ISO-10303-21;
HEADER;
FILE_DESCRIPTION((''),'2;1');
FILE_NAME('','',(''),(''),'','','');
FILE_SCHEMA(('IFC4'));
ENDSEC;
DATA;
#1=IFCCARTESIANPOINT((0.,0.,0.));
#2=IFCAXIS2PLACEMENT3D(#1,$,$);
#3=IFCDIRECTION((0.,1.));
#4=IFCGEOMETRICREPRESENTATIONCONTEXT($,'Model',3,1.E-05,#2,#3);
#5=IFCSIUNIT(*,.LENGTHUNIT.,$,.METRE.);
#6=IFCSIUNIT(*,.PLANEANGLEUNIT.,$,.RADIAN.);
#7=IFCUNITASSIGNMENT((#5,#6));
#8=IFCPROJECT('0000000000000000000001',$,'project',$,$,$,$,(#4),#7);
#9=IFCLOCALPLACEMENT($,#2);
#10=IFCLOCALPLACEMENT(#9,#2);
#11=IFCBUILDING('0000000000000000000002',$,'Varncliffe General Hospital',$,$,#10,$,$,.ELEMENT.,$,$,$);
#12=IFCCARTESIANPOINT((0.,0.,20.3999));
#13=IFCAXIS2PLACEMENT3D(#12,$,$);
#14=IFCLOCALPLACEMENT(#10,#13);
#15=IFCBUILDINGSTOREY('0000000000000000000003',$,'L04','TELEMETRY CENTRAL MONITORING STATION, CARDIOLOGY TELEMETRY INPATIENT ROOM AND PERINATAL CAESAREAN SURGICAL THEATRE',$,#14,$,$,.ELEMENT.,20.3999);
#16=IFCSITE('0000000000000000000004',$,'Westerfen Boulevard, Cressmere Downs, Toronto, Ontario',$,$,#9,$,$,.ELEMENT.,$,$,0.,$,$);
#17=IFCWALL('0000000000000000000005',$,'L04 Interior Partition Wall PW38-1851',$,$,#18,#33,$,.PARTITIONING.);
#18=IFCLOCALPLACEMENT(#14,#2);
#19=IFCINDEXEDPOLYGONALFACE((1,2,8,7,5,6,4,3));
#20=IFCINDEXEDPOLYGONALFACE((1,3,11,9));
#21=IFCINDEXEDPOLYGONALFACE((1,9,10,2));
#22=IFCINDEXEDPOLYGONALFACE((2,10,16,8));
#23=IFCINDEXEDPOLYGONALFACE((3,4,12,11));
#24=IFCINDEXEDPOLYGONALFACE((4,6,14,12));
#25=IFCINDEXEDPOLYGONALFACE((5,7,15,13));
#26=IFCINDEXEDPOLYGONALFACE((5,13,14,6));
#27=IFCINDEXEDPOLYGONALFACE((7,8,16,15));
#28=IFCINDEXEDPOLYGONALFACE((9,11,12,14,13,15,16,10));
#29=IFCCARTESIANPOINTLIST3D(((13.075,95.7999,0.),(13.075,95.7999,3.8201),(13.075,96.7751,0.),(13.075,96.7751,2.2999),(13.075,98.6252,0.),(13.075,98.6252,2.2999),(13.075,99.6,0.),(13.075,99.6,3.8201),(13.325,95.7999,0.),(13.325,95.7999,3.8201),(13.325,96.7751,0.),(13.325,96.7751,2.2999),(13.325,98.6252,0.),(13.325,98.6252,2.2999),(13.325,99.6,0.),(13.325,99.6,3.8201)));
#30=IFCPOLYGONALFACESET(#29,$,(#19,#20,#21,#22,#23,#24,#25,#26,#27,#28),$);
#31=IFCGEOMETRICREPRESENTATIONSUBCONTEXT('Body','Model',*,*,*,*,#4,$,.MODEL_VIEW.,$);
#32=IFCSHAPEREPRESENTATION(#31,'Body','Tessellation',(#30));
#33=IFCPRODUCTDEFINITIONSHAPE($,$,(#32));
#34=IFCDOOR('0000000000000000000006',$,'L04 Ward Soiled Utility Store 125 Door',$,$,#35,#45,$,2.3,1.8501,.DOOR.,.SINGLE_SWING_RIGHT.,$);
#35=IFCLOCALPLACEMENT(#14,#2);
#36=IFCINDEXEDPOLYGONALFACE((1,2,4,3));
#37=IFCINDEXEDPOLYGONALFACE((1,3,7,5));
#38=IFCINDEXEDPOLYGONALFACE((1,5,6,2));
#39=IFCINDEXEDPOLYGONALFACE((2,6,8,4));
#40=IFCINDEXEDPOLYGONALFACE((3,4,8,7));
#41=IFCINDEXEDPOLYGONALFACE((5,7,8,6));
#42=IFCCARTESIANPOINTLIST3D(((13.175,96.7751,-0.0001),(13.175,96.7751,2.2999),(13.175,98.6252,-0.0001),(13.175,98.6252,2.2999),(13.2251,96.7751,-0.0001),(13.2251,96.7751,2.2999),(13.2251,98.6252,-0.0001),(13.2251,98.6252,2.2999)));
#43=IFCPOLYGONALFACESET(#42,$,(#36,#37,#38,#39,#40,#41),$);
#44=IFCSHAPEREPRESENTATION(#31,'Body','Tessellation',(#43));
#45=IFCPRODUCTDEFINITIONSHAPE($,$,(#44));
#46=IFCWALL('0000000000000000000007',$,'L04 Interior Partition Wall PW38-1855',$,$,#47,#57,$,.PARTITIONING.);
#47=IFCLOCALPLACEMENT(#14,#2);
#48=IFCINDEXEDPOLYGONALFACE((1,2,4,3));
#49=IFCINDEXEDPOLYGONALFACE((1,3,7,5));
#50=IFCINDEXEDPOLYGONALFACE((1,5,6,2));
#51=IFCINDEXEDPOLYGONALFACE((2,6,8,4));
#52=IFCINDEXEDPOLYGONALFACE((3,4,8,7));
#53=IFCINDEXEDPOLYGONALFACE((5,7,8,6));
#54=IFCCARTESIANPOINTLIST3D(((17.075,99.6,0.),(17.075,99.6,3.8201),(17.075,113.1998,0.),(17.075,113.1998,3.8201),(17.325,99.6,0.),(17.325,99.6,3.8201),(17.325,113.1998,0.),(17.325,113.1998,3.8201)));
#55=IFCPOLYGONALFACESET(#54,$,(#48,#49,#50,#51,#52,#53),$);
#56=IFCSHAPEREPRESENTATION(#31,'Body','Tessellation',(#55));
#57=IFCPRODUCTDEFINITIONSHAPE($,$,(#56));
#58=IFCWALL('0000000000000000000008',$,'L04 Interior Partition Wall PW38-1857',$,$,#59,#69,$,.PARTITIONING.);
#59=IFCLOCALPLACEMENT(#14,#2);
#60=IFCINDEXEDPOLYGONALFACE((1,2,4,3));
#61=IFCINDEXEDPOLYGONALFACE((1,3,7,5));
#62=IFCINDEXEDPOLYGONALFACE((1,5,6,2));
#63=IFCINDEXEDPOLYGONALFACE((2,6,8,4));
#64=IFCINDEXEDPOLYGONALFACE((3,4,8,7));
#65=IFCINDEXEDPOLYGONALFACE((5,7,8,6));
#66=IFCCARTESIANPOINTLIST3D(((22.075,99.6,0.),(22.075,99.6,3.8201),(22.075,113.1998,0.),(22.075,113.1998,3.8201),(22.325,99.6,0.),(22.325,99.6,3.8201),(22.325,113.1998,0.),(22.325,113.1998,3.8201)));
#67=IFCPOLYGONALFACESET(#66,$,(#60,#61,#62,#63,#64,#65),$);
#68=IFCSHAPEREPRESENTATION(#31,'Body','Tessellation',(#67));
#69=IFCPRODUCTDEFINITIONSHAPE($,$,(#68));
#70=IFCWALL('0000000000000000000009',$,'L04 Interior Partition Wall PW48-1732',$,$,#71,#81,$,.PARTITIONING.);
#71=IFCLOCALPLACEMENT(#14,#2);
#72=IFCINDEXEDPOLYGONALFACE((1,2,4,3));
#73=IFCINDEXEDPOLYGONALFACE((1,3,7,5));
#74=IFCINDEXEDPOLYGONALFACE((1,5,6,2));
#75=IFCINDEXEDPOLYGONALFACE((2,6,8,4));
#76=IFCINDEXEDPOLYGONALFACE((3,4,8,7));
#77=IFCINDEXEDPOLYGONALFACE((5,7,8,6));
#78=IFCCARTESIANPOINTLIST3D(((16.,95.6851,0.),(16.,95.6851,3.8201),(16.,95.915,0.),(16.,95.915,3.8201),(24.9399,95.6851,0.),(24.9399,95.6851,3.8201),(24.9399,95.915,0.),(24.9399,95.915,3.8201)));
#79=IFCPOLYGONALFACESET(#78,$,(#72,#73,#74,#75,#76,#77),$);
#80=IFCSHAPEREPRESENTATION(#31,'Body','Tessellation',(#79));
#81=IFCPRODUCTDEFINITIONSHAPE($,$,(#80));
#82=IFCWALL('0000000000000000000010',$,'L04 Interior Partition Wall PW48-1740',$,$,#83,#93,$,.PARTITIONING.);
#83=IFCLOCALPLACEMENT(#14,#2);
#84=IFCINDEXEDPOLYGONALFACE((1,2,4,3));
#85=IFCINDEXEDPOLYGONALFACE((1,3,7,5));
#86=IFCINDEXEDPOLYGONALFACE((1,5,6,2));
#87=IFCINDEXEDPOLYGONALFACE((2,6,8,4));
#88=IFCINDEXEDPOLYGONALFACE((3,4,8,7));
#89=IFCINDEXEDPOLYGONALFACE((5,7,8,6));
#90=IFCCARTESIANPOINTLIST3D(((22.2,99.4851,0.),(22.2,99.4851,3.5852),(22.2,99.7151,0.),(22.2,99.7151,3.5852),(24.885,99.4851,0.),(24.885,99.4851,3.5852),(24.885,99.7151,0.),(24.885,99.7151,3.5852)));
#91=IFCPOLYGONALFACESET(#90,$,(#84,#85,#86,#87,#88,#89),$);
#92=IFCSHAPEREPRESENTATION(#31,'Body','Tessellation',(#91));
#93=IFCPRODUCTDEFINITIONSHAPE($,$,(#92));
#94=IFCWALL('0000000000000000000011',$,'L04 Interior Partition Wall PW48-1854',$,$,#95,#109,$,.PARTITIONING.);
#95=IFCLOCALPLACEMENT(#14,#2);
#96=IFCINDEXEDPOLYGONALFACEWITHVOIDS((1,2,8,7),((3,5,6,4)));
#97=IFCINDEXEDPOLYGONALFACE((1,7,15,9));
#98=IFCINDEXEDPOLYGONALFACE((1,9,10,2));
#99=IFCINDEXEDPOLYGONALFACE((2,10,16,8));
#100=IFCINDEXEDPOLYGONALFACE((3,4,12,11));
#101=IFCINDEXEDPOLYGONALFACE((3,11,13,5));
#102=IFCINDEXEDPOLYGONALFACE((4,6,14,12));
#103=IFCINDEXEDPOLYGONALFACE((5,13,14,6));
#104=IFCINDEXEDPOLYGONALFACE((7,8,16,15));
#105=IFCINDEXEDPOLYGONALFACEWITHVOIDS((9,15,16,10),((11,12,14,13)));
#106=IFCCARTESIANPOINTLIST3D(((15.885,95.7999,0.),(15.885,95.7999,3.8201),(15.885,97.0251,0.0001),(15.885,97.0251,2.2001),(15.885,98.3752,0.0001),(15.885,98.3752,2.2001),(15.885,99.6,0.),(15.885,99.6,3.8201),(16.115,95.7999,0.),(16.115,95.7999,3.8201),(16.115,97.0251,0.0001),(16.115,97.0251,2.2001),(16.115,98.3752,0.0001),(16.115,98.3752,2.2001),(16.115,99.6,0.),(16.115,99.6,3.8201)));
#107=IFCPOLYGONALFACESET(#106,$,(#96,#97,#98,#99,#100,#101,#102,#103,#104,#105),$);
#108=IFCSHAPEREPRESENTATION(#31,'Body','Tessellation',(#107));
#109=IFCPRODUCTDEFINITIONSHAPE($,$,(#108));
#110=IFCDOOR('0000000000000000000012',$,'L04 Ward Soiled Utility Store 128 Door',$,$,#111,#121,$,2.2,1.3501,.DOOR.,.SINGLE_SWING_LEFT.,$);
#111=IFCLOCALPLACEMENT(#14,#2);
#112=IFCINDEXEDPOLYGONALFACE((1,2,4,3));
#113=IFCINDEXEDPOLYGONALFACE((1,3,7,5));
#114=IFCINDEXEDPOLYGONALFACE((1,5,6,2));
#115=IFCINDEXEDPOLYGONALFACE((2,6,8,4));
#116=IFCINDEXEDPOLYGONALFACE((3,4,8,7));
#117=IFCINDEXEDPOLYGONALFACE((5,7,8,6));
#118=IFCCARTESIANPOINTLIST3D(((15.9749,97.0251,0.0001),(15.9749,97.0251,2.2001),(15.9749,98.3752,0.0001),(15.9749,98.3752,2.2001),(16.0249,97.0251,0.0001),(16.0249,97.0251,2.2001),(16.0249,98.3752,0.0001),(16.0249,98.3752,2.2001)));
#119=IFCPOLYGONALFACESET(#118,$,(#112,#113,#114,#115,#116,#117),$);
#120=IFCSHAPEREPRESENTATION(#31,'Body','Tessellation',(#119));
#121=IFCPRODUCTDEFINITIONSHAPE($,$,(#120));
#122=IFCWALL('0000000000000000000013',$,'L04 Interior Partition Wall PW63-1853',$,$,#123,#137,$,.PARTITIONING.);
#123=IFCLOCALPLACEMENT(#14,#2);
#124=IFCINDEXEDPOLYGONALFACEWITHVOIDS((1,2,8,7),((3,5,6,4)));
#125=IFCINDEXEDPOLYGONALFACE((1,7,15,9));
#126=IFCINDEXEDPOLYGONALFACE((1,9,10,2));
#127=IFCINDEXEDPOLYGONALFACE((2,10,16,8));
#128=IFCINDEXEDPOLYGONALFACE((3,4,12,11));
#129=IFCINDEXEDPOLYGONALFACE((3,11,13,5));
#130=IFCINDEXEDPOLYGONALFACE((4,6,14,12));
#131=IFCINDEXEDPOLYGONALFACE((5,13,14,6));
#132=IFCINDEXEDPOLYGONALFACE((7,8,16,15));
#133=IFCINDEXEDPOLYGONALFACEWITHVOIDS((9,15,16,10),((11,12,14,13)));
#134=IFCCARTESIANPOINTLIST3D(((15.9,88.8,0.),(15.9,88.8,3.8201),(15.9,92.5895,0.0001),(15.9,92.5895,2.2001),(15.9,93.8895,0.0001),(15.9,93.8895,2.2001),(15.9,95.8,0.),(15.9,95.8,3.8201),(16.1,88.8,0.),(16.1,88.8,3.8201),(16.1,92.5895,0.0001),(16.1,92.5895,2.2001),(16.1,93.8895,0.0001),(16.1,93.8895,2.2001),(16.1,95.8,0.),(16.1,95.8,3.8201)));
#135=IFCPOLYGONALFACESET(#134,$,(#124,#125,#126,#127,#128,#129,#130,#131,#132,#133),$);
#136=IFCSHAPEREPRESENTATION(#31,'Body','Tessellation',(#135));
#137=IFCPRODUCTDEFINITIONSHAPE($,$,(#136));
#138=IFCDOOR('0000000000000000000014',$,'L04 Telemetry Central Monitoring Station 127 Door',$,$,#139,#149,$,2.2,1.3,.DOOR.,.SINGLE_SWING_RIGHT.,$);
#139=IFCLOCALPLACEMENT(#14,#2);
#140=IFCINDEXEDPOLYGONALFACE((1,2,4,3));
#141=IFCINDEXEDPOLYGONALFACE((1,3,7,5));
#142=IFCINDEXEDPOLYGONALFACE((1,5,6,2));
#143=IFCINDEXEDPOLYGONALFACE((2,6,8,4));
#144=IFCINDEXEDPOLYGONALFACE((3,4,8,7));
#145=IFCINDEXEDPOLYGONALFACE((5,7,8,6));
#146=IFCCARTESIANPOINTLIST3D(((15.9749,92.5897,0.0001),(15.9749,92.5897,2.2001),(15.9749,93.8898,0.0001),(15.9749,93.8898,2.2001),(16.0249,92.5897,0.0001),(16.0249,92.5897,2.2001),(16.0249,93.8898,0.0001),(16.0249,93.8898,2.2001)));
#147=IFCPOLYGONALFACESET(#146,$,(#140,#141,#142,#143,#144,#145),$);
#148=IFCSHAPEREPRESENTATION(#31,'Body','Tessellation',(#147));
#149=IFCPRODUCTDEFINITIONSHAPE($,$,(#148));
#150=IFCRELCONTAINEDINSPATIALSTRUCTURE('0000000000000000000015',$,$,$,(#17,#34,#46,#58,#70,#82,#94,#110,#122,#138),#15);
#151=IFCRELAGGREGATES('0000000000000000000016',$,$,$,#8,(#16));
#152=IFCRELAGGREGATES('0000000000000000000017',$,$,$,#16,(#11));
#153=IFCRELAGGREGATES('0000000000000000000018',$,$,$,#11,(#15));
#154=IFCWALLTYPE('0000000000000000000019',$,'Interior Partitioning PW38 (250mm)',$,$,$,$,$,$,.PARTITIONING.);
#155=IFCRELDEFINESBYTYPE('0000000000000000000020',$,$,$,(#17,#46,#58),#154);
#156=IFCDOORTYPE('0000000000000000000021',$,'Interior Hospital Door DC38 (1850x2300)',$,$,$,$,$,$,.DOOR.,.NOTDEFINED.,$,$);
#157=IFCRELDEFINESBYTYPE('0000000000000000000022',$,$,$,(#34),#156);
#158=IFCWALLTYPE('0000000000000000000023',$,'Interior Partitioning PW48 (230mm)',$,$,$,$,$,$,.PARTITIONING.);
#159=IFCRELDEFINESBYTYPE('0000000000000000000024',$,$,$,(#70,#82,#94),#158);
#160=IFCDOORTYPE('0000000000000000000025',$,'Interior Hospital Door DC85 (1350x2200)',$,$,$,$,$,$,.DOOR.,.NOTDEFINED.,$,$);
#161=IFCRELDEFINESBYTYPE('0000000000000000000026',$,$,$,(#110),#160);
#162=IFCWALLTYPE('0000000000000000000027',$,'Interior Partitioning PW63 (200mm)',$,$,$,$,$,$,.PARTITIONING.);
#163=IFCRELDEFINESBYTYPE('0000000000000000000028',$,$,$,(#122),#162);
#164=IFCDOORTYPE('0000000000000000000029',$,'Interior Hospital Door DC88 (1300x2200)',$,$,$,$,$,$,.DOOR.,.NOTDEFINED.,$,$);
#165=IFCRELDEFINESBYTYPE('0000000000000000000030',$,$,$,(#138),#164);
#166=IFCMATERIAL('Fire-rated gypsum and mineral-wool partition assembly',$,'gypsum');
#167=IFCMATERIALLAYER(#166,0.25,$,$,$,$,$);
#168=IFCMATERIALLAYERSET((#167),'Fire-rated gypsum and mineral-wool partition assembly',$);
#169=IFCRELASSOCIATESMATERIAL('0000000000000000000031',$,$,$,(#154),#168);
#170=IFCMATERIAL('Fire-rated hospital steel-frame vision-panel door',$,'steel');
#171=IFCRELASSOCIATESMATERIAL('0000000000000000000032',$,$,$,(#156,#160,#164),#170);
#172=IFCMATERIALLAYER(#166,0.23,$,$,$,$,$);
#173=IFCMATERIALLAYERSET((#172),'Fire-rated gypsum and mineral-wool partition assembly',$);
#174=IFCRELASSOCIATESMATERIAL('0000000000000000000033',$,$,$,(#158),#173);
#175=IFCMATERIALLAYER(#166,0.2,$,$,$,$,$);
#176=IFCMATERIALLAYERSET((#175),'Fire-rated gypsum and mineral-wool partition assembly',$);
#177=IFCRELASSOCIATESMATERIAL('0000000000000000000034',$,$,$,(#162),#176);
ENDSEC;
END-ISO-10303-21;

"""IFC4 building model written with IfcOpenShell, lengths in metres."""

from ifc_helpers import new_model, si_unit, direction, frame, frame_2d, origin, place, context, subcontext, project, spatial, rectangle, extrude, material, layer, layer_set, type_object, element, fill, save


model = new_model("IFC4")

# Units and contexts
model_context = context("Model", 3, precision=1e-05, world=origin(), true_north=direction((0.0, 1.0)))
body_context = subcontext(model_context, "Body", "Model", "MODEL_VIEW")
ifc_project = project(units=[si_unit("LENGTHUNIT", "METRE"), si_unit("PLANEANGLEUNIT", "RADIAN")], contexts=[model_context])

# Site, building, storey
site_placement = place(None, origin())
site = spatial("IfcSite", under=ifc_project, at=site_placement, Name="Westerfen Boulevard, Cressmere Downs, Toronto, Ontario", CompositionType="ELEMENT", RefElevation=0.0)
building_placement = place(site_placement, origin())
building = spatial("IfcBuilding", under=site, at=building_placement, Name="Varncliffe General Hospital", CompositionType="ELEMENT")
storey_placement = place(building_placement, frame((0.0, 0.0, 20.3999)))
storey = spatial("IfcBuildingStorey", under=building, at=storey_placement, Name="L04", Description="TELEMETRY CENTRAL MONITORING STATION, CARDIOLOGY TELEMETRY INPATIENT ROOM AND PERINATAL CAESAREAN SURGICAL THEATRE", CompositionType="ELEMENT", Elevation=20.3999)

# Shared definitions
ifc_material_1 = material(Name="Fire-rated gypsum and mineral-wool partition assembly", Category="gypsum")
ifc_layer_1 = layer(ifc_material_1, 0.25)
ifc_layer_set_1 = layer_set([ifc_layer_1], Name="Fire-rated gypsum and mineral-wool partition assembly")
wall_type_1 = type_object("IfcWallType", Name="Interior Partitioning PW38 (250mm)", PredefinedType="PARTITIONING", material=ifc_layer_set_1)

# Wall, opening, door
wall_1_placement = place(storey_placement, frame((13.2, 95.8, 0.0), z_axis=(0.0, 0.0, 1.0), x_axis=(0.0, 1.0, 0.0)))
wall_1 = element("IfcWall", 1, at=wall_1_placement, inside=storey, type_object=wall_type_1, Name="L04 Interior Partition Wall PW38-1851", PredefinedType="PARTITIONING", context=body_context, shape_type="SweptSolid", body=[
    extrude(rectangle(XDim=3.8, YDim=0.25, at=frame_2d((1.8999, 0.0))), origin(), (0.0, 0.0, 1.0), 3.8201),
])
opening_1_placement = place(wall_1_placement, frame((0.9751, 0.0, 0.0)))
opening_1 = element("IfcOpeningElement", 2, at=opening_1_placement, cuts=wall_1, PredefinedType="OPENING", context=body_context, shape_type="SweptSolid", body=[
    extrude(rectangle(XDim=1.8501, YDim=2.3, at=frame_2d((0.925, 1.1499))), frame((0.0, 0.135, 0.0), z_axis=(0.0, -1.0, 0.0), x_axis=(1.0, 0.0, 0.0)), (0.0, 0.0, 1.0), 0.27),
])
ifc_material_2 = material(Name="Fire-rated hospital steel-frame vision-panel door", Category="steel")
door_type_1 = type_object("IfcDoorType", Name="Interior Hospital Door DC38 (1850x2300)", OperationType="NOTDEFINED", PredefinedType="DOOR", material=ifc_material_2)
door_1_placement = place(opening_1_placement, origin())
door_1 = element("IfcDoor", 3, at=door_1_placement, inside=storey, type_object=door_type_1, Name="L04 Ward Soiled Utility Store 125 Door", OperationType="SINGLE_SWING_RIGHT", OverallHeight=2.3, OverallWidth=1.8501, PredefinedType="DOOR", context=body_context, shape_type="SweptSolid", body=[
    extrude(rectangle(XDim=1.8501, YDim=2.3, at=frame_2d((0.925, 1.1499))), frame((0.0, 0.0249, 0.0), z_axis=(0.0, -1.0, 0.0), x_axis=(1.0, 0.0, 0.0)), (0.0, 0.0, 1.0), 0.05),
])
fill(opening_1, door_1)

# Walls
for number, where, z_axis, x_axis, name in (
    (4, (17.2, 99.6001, 0.0), (0.0, 0.0, 1.0), (0.0, 1.0, 0.0), "L04 Interior Partition Wall PW38-1855"),
    (5, (22.2, 99.6001, 0.0), (0.0, 0.0, 1.0), (0.0, 1.0, 0.0), "L04 Interior Partition Wall PW38-1857"),
):
    element("IfcWall", number, at=place(storey_placement, frame(where, z_axis=z_axis, x_axis=x_axis)), inside=storey, type_object=wall_type_1, Name=name, PredefinedType="PARTITIONING", context=body_context, shape_type="SweptSolid", body=[
        extrude(rectangle(XDim=13.5999, YDim=0.25, at=frame_2d((6.7998, 0.0))), origin(), (0.0, 0.0, 1.0), 3.8201),
    ])
ifc_layer_2 = layer(ifc_material_1, 0.23)
ifc_layer_set_2 = layer_set([ifc_layer_2], Name="Fire-rated gypsum and mineral-wool partition assembly")
wall_type_2 = type_object("IfcWallType", Name="Interior Partitioning PW48 (230mm)", PredefinedType="PARTITIONING", material=ifc_layer_set_2)
wall_2_placement = place(storey_placement, frame((16.0, 95.8, 0.0), z_axis=(0.0, 0.0, 1.0), x_axis=(1.0, 0.0, 0.0)))
element("IfcWall", 6, at=wall_2_placement, inside=storey, type_object=wall_type_2, Name="L04 Interior Partition Wall PW48-1732", PredefinedType="PARTITIONING", context=body_context, shape_type="SweptSolid", body=[
    extrude(rectangle(XDim=8.9399, YDim=0.23, at=frame_2d((4.47, 0.0))), origin(), (0.0, 0.0, 1.0), 3.8201),
])
wall_3_placement = place(storey_placement, frame((22.2, 99.6001, 0.0), z_axis=(0.0, 0.0, 1.0), x_axis=(1.0, 0.0, 0.0)))
element("IfcWall", 7, at=wall_3_placement, inside=storey, type_object=wall_type_2, Name="L04 Interior Partition Wall PW48-1740", PredefinedType="PARTITIONING", context=body_context, shape_type="SweptSolid", body=[
    extrude(rectangle(XDim=2.6851, YDim=0.23, at=frame_2d((1.3425, 0.0))), origin(), (0.0, 0.0, 1.0), 3.5852),
])

# Walls, openings, doors
wall_4_placement = place(storey_placement, frame((16.0, 95.8, 0.0), z_axis=(0.0, 0.0, 1.0), x_axis=(0.0, 1.0, 0.0)))
wall_4 = element("IfcWall", 8, at=wall_4_placement, inside=storey, type_object=wall_type_2, Name="L04 Interior Partition Wall PW48-1854", PredefinedType="PARTITIONING", context=body_context, shape_type="SweptSolid", body=[
    extrude(rectangle(XDim=3.8, YDim=0.23, at=frame_2d((1.8999, 0.0))), origin(), (0.0, 0.0, 1.0), 3.8201),
])
opening_2_placement = place(wall_4_placement, frame((1.2251, 0.0, 0.0)))
opening_2 = element("IfcOpeningElement", 9, at=opening_2_placement, cuts=wall_4, PredefinedType="OPENING", context=body_context, shape_type="SweptSolid", body=[
    extrude(rectangle(XDim=1.3501, YDim=2.2, at=frame_2d((0.675, 1.1001))), frame((0.0, 0.125, 0.0), z_axis=(0.0, -1.0, 0.0), x_axis=(1.0, 0.0, 0.0)), (0.0, 0.0, 1.0), 0.25),
])
door_type_2 = type_object("IfcDoorType", Name="Interior Hospital Door DC85 (1350x2200)", OperationType="NOTDEFINED", PredefinedType="DOOR", material=ifc_material_2)
door_2_placement = place(opening_2_placement, frame((1.3501, 0.0, 0.0), z_axis=(0.0, 0.0, 1.0), x_axis=(-1.0, 0.0, 0.0)))
door_2 = element("IfcDoor", 10, at=door_2_placement, inside=storey, type_object=door_type_2, Name="L04 Ward Soiled Utility Store 128 Door", OperationType="SINGLE_SWING_LEFT", OverallHeight=2.2, OverallWidth=1.3501, PredefinedType="DOOR", context=body_context, shape_type="SweptSolid", body=[
    extrude(rectangle(XDim=1.3501, YDim=2.2, at=frame_2d((0.675, 1.1001))), frame((0.0, 0.0249, 0.0), z_axis=(0.0, -1.0, 0.0), x_axis=(1.0, 0.0, 0.0)), (0.0, 0.0, 1.0), 0.05),
])
fill(opening_2, door_2)
ifc_layer_3 = layer(ifc_material_1, 0.2)
ifc_layer_set_3 = layer_set([ifc_layer_3], Name="Fire-rated gypsum and mineral-wool partition assembly")
wall_type_3 = type_object("IfcWallType", Name="Interior Partitioning PW63 (200mm)", PredefinedType="PARTITIONING", material=ifc_layer_set_3)
wall_5_placement = place(storey_placement, frame((16.0, 88.8, 0.0), z_axis=(0.0, 0.0, 1.0), x_axis=(0.0, 1.0, 0.0)))
wall_5 = element("IfcWall", 11, at=wall_5_placement, inside=storey, type_object=wall_type_3, Name="L04 Interior Partition Wall PW63-1853", PredefinedType="PARTITIONING", context=body_context, shape_type="SweptSolid", body=[
    extrude(rectangle(XDim=7.0, YDim=0.2, at=frame_2d((3.5, 0.0))), origin(), (0.0, 0.0, 1.0), 3.8201),
])
opening_3_placement = place(wall_5_placement, frame((3.7896, 0.0, 0.0)))
opening_3 = element("IfcOpeningElement", 12, at=opening_3_placement, cuts=wall_5, PredefinedType="OPENING", context=body_context, shape_type="SweptSolid", body=[
    extrude(rectangle(XDim=1.3, YDim=2.2, at=frame_2d((0.6499, 1.1001))), frame((0.0, 0.1099, 0.0), z_axis=(0.0, -1.0, 0.0), x_axis=(1.0, 0.0, 0.0)), (0.0, 0.0, 1.0), 0.22),
])
door_type_3 = type_object("IfcDoorType", Name="Interior Hospital Door DC88 (1300x2200)", OperationType="NOTDEFINED", PredefinedType="DOOR", material=ifc_material_2)
door_3_placement = place(opening_3_placement, frame((1.3, 0.0, 0.0), z_axis=(0.0, 0.0, 1.0), x_axis=(-1.0, 0.0, 0.0)))
door_3 = element("IfcDoor", 13, at=door_3_placement, inside=storey, type_object=door_type_3, Name="L04 Telemetry Central Monitoring Station 127 Door", OperationType="SINGLE_SWING_RIGHT", OverallHeight=2.2, OverallWidth=1.3, PredefinedType="DOOR", context=body_context, shape_type="SweptSolid", body=[
    extrude(rectangle(XDim=1.3, YDim=2.2, at=frame_2d((0.6499, 1.1001))), frame((0.0, 0.0249, 0.0), z_axis=(0.0, -1.0, 0.0), x_axis=(1.0, 0.0, 0.0)), (0.0, 0.0, 1.0), 0.05),
])
fill(opening_3, door_3)

save(model, "model.ifc")
